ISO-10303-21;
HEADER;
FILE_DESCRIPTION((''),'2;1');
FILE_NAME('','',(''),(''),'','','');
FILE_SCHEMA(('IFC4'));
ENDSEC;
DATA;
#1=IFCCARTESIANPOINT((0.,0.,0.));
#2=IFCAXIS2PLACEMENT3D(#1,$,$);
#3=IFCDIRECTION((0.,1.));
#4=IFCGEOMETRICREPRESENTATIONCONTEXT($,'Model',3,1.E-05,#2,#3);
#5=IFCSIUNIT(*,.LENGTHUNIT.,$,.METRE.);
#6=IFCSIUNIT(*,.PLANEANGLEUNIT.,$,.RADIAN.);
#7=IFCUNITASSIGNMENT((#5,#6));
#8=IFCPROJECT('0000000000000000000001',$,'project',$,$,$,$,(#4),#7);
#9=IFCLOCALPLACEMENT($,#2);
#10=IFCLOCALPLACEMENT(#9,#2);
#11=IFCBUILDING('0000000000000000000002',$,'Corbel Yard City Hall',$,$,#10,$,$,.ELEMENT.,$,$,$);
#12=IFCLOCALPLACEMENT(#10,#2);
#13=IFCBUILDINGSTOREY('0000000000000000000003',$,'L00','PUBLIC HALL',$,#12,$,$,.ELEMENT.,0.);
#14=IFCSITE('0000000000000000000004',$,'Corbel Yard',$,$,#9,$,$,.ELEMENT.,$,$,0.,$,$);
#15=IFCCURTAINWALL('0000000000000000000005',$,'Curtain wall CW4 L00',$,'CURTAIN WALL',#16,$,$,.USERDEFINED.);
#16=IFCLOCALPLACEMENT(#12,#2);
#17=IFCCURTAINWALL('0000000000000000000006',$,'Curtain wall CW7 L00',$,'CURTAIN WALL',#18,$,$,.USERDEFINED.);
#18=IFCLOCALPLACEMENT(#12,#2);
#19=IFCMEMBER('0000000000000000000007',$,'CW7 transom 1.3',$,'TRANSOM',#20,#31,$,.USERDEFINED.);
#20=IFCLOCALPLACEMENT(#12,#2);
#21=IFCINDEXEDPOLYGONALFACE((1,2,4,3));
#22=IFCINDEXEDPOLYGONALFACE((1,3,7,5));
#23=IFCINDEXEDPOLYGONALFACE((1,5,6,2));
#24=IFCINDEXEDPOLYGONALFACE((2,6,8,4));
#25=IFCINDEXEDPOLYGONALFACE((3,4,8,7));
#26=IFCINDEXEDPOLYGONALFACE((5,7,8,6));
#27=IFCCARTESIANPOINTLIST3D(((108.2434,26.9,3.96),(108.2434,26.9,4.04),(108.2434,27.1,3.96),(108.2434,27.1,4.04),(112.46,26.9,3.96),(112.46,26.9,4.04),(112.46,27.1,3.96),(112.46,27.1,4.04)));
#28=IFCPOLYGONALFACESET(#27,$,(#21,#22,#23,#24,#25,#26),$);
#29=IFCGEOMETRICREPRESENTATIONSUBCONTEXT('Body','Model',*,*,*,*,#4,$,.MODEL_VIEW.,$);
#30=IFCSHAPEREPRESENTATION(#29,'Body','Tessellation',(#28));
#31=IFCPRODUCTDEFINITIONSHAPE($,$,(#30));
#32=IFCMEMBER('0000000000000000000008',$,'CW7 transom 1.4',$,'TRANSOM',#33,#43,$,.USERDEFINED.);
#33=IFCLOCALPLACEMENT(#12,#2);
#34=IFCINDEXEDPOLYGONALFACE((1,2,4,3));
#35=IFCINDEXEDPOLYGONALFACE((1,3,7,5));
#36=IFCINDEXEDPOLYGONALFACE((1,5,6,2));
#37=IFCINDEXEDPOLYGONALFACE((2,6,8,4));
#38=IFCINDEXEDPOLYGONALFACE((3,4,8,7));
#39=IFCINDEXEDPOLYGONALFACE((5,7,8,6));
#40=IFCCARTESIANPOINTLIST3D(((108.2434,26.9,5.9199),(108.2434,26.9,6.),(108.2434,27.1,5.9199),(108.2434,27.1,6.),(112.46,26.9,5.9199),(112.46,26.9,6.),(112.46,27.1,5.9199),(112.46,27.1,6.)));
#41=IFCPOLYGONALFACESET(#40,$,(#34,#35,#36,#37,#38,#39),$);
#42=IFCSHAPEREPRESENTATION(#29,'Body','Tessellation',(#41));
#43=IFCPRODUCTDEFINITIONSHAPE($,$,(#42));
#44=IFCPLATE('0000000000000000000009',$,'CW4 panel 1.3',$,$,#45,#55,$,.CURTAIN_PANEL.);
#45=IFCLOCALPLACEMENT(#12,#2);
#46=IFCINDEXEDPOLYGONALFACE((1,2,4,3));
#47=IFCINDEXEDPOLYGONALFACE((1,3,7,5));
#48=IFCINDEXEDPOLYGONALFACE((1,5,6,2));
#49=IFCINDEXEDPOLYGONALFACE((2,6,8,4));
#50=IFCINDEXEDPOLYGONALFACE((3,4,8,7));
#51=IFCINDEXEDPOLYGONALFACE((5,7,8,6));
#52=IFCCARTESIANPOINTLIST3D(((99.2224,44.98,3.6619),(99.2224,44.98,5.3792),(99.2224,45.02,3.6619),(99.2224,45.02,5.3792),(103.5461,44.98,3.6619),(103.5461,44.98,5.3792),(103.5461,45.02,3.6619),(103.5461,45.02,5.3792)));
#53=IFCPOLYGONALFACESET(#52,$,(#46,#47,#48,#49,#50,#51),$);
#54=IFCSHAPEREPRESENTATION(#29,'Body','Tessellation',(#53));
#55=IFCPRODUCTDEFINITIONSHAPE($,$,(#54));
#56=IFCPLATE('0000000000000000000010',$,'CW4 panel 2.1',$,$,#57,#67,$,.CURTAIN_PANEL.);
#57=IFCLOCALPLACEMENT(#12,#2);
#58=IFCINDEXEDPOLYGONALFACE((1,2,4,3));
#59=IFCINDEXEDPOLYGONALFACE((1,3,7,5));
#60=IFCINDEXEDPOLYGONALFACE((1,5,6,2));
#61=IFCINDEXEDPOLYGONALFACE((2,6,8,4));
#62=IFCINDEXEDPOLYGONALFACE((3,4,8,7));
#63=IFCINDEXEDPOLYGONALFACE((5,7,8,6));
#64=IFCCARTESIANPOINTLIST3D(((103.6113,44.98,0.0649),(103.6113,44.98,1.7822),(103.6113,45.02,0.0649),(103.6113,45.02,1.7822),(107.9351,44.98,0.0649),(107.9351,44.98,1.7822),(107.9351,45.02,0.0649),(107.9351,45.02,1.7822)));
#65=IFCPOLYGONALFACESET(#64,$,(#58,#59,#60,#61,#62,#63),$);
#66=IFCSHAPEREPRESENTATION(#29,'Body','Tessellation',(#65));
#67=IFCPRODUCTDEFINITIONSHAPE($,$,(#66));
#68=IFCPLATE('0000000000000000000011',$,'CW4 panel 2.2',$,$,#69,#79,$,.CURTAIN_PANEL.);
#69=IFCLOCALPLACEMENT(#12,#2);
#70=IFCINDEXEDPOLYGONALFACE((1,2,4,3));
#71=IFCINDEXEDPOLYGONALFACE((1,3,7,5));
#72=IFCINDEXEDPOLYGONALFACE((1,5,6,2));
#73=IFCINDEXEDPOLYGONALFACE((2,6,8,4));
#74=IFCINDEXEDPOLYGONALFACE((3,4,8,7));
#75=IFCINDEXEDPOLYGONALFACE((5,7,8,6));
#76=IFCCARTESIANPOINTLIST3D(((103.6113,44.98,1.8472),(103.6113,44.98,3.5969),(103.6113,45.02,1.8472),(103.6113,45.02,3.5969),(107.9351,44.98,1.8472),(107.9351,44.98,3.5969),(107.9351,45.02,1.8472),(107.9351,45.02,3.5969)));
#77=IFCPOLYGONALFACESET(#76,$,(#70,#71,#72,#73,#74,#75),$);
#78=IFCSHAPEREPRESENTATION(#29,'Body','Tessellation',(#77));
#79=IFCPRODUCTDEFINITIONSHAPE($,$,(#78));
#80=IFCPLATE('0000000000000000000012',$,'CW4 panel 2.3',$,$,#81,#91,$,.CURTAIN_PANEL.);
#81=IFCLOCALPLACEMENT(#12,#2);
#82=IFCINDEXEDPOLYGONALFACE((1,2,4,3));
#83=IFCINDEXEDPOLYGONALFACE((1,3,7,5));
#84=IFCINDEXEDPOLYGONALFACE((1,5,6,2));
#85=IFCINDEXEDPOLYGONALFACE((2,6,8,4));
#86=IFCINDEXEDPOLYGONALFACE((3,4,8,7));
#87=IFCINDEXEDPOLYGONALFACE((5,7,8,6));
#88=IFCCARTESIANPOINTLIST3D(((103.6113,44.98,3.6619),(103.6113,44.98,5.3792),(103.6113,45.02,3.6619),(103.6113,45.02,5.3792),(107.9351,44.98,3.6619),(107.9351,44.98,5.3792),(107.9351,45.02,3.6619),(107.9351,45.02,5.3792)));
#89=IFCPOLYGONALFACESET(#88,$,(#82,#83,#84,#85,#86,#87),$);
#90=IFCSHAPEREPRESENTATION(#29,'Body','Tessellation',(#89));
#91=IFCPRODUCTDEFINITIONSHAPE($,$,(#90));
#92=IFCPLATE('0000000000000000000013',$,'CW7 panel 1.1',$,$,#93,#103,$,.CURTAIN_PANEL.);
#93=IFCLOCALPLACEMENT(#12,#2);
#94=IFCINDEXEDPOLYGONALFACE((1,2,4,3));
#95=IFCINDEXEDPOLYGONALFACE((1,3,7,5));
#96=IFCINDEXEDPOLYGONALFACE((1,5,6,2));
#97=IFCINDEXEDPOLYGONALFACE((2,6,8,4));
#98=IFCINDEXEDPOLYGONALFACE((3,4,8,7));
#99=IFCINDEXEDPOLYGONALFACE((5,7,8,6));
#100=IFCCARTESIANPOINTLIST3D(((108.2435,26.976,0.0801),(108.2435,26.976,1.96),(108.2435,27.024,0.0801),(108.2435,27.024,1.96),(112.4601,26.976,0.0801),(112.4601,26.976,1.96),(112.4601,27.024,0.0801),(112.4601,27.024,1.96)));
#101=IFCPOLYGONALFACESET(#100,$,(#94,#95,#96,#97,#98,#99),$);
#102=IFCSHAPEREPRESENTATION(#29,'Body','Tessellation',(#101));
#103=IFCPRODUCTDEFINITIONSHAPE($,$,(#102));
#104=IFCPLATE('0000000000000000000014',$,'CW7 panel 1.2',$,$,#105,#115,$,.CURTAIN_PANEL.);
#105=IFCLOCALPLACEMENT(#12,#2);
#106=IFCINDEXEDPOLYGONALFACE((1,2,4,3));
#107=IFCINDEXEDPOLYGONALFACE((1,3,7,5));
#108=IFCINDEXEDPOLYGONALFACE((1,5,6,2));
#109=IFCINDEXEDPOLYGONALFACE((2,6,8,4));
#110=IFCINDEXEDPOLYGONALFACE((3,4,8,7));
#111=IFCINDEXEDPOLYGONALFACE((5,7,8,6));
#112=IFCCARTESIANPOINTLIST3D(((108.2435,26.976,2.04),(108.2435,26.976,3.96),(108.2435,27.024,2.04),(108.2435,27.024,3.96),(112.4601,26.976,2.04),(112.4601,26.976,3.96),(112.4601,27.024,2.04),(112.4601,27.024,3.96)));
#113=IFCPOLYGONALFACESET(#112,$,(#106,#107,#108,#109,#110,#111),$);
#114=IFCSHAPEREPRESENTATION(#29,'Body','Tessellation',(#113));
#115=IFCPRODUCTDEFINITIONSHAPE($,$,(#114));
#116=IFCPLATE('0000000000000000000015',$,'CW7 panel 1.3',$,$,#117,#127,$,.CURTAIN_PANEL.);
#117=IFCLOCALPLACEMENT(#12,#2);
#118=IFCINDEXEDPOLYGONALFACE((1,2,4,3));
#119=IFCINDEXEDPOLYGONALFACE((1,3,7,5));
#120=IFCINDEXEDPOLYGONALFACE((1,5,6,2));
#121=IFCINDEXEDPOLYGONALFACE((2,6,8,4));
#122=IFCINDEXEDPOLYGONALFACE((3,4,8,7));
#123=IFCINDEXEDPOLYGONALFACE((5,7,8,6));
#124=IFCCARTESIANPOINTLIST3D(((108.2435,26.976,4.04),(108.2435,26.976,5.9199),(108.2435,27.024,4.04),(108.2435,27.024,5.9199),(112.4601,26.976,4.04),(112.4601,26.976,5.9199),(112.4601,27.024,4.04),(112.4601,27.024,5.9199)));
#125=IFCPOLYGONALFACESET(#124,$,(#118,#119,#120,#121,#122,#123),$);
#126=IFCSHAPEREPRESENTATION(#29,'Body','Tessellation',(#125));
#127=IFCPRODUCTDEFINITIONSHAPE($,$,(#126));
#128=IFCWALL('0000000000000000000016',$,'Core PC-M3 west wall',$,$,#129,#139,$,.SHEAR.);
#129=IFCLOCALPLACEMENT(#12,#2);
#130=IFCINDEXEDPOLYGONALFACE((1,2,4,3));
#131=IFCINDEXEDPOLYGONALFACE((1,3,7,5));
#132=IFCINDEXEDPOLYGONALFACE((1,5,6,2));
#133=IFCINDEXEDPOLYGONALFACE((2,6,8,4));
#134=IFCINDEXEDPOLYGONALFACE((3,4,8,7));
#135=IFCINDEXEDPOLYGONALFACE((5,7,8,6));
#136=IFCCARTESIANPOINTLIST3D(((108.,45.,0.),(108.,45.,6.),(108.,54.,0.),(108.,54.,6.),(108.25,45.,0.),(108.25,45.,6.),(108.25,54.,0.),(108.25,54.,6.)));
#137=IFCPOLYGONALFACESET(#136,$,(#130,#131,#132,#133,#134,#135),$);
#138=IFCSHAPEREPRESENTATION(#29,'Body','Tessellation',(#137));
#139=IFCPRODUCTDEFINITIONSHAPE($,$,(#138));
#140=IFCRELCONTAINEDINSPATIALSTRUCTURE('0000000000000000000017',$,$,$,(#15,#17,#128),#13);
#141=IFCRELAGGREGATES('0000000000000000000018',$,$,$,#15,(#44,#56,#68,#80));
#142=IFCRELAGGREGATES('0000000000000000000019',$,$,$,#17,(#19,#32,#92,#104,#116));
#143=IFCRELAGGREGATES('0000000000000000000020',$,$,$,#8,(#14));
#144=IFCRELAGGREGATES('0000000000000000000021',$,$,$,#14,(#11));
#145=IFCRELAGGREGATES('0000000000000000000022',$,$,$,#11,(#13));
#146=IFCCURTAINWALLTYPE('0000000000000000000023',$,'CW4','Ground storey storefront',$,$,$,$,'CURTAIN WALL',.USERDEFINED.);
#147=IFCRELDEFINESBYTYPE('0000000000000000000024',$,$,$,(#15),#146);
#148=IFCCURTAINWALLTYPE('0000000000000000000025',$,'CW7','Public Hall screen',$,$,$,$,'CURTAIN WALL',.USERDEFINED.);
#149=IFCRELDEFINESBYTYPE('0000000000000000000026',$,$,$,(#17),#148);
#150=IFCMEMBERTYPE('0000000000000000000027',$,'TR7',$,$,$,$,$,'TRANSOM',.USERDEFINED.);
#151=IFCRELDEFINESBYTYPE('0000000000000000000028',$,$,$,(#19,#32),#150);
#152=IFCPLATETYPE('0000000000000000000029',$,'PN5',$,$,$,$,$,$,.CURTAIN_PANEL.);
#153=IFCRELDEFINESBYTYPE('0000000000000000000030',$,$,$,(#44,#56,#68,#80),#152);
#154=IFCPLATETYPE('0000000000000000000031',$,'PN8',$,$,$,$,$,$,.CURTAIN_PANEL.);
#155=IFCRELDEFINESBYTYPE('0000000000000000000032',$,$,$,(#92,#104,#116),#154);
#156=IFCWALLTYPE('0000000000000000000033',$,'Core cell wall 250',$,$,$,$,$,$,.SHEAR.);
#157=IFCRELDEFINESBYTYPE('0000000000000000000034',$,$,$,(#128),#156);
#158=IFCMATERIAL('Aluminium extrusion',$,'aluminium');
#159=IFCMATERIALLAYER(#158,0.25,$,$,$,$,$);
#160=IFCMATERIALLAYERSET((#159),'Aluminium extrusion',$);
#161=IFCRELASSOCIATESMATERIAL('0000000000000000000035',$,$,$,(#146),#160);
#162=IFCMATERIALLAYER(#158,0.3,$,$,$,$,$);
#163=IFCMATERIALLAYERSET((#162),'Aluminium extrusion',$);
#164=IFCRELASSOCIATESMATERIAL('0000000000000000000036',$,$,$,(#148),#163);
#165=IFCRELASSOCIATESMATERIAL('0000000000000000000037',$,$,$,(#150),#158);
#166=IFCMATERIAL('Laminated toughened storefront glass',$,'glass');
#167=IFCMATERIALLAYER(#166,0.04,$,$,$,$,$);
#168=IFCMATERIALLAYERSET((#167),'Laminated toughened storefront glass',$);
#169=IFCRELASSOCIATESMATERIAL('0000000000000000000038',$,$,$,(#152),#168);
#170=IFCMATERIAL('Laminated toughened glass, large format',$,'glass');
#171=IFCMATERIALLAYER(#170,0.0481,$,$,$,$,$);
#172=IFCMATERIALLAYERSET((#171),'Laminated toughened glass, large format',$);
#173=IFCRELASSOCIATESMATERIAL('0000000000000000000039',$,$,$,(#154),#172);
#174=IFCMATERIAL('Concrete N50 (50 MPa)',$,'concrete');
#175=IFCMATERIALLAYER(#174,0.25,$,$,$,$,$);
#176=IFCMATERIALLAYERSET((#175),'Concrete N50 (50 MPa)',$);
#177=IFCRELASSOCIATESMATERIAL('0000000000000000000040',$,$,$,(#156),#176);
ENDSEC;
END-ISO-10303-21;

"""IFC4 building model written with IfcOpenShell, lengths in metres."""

from ifc_helpers import new_model, si_unit, direction, frame, frame_2d, origin, origin_2d, place, context, subcontext, project, spatial, rectangle, extrude, material, layer, layer_set, material_profile, profile_set, type_object, element, aggregate, save


model = new_model("IFC4")

# Units and contexts
model_context = context("Model", 3, precision=1e-05, world=origin(), true_north=direction((0.0, 1.0)))
body_context = subcontext(model_context, "Body", "Model", "MODEL_VIEW")
ifc_project = project(units=[si_unit("LENGTHUNIT", "METRE"), si_unit("PLANEANGLEUNIT", "RADIAN")], contexts=[model_context])

# Site, building, storey
site_placement = place(None, origin())
site = spatial("IfcSite", under=ifc_project, at=site_placement, Name="Corbel Yard", CompositionType="ELEMENT", RefElevation=0.0)
building_placement = place(site_placement, origin())
building = spatial("IfcBuilding", under=site, at=building_placement, Name="Corbel Yard City Hall", CompositionType="ELEMENT")
storey_placement = place(building_placement, origin())
storey = spatial("IfcBuildingStorey", under=building, at=storey_placement, Name="L00", Description="PUBLIC HALL", CompositionType="ELEMENT", Elevation=0.0)

# Curtain walls, members
ifc_material_1 = material(Name="Aluminium extrusion", Category="aluminium")
ifc_layer_1 = layer(ifc_material_1, 0.25)
ifc_layer_set_1 = layer_set([ifc_layer_1], Name="Aluminium extrusion")
curtain_wall_type_1 = type_object("IfcCurtainWallType", Name="CW4", Description="Ground storey storefront", ElementType="CURTAIN WALL", PredefinedType="USERDEFINED", material=ifc_layer_set_1)
curtain_wall_1_placement = place(storey_placement, origin())
curtain_wall_1 = element("IfcCurtainWall", 1, at=curtain_wall_1_placement, inside=storey, type_object=curtain_wall_type_1, Name="Curtain wall CW4 L00", ObjectType="CURTAIN WALL", PredefinedType="USERDEFINED")
ifc_layer_2 = layer(ifc_material_1, 0.3)
ifc_layer_set_2 = layer_set([ifc_layer_2], Name="Aluminium extrusion")
curtain_wall_type_2 = type_object("IfcCurtainWallType", Name="CW7", Description="Public Hall screen", ElementType="CURTAIN WALL", PredefinedType="USERDEFINED", material=ifc_layer_set_2)
curtain_wall_2_placement = place(storey_placement, origin())
curtain_wall_2 = element("IfcCurtainWall", 2, at=curtain_wall_2_placement, inside=storey, type_object=curtain_wall_type_2, Name="Curtain wall CW7 L00", ObjectType="CURTAIN WALL", PredefinedType="USERDEFINED")
ifc_material_profile_1 = material_profile(ifc_material_1, rectangle(XDim=0.2, YDim=0.0801, at=origin_2d()), Name="200x80")
ifc_profile_set_1 = profile_set([ifc_material_profile_1], Name="Aluminium extrusion")
member_type_1 = type_object("IfcMemberType", Name="TR7", ElementType="TRANSOM", PredefinedType="USERDEFINED", material=ifc_profile_set_1)
member_1_placement = place(storey_placement, frame((108.2434, 27.0, 4.0), z_axis=(1.0, 0.0, 0.0), x_axis=(0.0, 1.0, 0.0)))
member_1 = element("IfcMember", 3, at=member_1_placement, type_object=member_type_1, Name="CW7 transom 1.3", ObjectType="TRANSOM", PredefinedType="USERDEFINED", context=body_context, shape_type="SweptSolid", body=[
    extrude(rectangle(XDim=0.2, YDim=0.0801, at=origin_2d()), origin(), (0.0, 0.0, 1.0), 4.2166),
])
member_2_placement = place(storey_placement, frame((108.2434, 27.0, 5.96), z_axis=(1.0, 0.0, 0.0), x_axis=(0.0, 1.0, 0.0)))
member_2 = element("IfcMember", 4, at=member_2_placement, type_object=member_type_1, Name="CW7 transom 1.4", ObjectType="TRANSOM", PredefinedType="USERDEFINED", context=body_context, shape_type="SweptSolid", body=[
    extrude(rectangle(XDim=0.2, YDim=0.0801, at=origin_2d()), origin(), (0.0, 0.0, 1.0), 4.2166),
])

# Plates
ifc_material_2 = material(Name="Laminated toughened storefront glass", Category="glass")
ifc_layer_3 = layer(ifc_material_2, 0.04)
ifc_layer_set_3 = layer_set([ifc_layer_3], Name="Laminated toughened storefront glass")
plate_type_1 = type_object("IfcPlateType", Name="PN5", PredefinedType="CURTAIN_PANEL", material=ifc_layer_set_3)
plate_1_placement = place(storey_placement, frame((101.3843, 45.0, 3.6619), z_axis=(0.0, 0.0, 1.0), x_axis=(1.0, 0.0, 0.0)))
plate_1 = element("IfcPlate", 5, at=plate_1_placement, type_object=plate_type_1, Name="CW4 panel 1.3", PredefinedType="CURTAIN_PANEL", context=body_context, shape_type="SweptSolid", body=[
    extrude(rectangle(XDim=4.3237, YDim=0.04, at=origin_2d()), origin(), (0.0, 0.0, 1.0), 1.7173),
])
plate_2_placement = place(storey_placement, frame((105.7732, 45.0, 0.0649), z_axis=(0.0, 0.0, 1.0), x_axis=(1.0, 0.0, 0.0)))
plate_2 = element("IfcPlate", 6, at=plate_2_placement, type_object=plate_type_1, Name="CW4 panel 2.1", PredefinedType="CURTAIN_PANEL", context=body_context, shape_type="SweptSolid", body=[
    extrude(rectangle(XDim=4.3237, YDim=0.04, at=origin_2d()), origin(), (0.0, 0.0, 1.0), 1.7173),
])
plate_3_placement = place(storey_placement, frame((105.7732, 45.0, 1.8472), z_axis=(0.0, 0.0, 1.0), x_axis=(1.0, 0.0, 0.0)))
plate_3 = element("IfcPlate", 7, at=plate_3_placement, type_object=plate_type_1, Name="CW4 panel 2.2", PredefinedType="CURTAIN_PANEL", context=body_context, shape_type="SweptSolid", body=[
    extrude(rectangle(XDim=4.3237, YDim=0.04, at=origin_2d()), origin(), (0.0, 0.0, 1.0), 1.7498),
])
plate_4_placement = place(storey_placement, frame((105.7732, 45.0, 3.6619), z_axis=(0.0, 0.0, 1.0), x_axis=(1.0, 0.0, 0.0)))
plate_4 = element("IfcPlate", 8, at=plate_4_placement, type_object=plate_type_1, Name="CW4 panel 2.3", PredefinedType="CURTAIN_PANEL", context=body_context, shape_type="SweptSolid", body=[
    extrude(rectangle(XDim=4.3237, YDim=0.04, at=origin_2d()), origin(), (0.0, 0.0, 1.0), 1.7173),
])
aggregate(curtain_wall_1, [plate_1, plate_2, plate_3, plate_4])
ifc_material_3 = material(Name="Laminated toughened glass, large format", Category="glass")
ifc_layer_4 = layer(ifc_material_3, 0.0481)
ifc_layer_set_4 = layer_set([ifc_layer_4], Name="Laminated toughened glass, large format")
plate_type_2 = type_object("IfcPlateType", Name="PN8", PredefinedType="CURTAIN_PANEL", material=ifc_layer_set_4)
plate_5_placement = place(storey_placement, frame((110.3518, 27.0, 0.0801), z_axis=(0.0, 0.0, 1.0), x_axis=(1.0, 0.0, 0.0)))
plate_5 = element("IfcPlate", 9, at=plate_5_placement, type_object=plate_type_2, Name="CW7 panel 1.1", PredefinedType="CURTAIN_PANEL", context=body_context, shape_type="SweptSolid", body=[
    extrude(rectangle(XDim=4.2166, YDim=0.0481, at=origin_2d()), origin(), (0.0, 0.0, 1.0), 1.8799),
])
plate_6_placement = place(storey_placement, frame((110.3518, 27.0, 2.04), z_axis=(0.0, 0.0, 1.0), x_axis=(1.0, 0.0, 0.0)))
plate_6 = element("IfcPlate", 10, at=plate_6_placement, type_object=plate_type_2, Name="CW7 panel 1.2", PredefinedType="CURTAIN_PANEL", context=body_context, shape_type="SweptSolid", body=[
    extrude(rectangle(XDim=4.2166, YDim=0.0481, at=origin_2d()), origin(), (0.0, 0.0, 1.0), 1.9199),
])
plate_7_placement = place(storey_placement, frame((110.3518, 27.0, 4.04), z_axis=(0.0, 0.0, 1.0), x_axis=(1.0, 0.0, 0.0)))
plate_7 = element("IfcPlate", 11, at=plate_7_placement, type_object=plate_type_2, Name="CW7 panel 1.3", PredefinedType="CURTAIN_PANEL", context=body_context, shape_type="SweptSolid", body=[
    extrude(rectangle(XDim=4.2166, YDim=0.0481, at=origin_2d()), origin(), (0.0, 0.0, 1.0), 1.8799),
])
aggregate(curtain_wall_2, [member_1, member_2, plate_5, plate_6, plate_7])

# Wall
ifc_material_4 = material(Name="Concrete N50 (50 MPa)", Category="concrete")
ifc_layer_5 = layer(ifc_material_4, 0.25)
ifc_layer_set_5 = layer_set([ifc_layer_5], Name="Concrete N50 (50 MPa)")
wall_type = type_object("IfcWallType", Name="Core cell wall 250", PredefinedType="SHEAR", material=ifc_layer_set_5)
wall_placement = place(storey_placement, frame((108.125, 45.0, 0.0), z_axis=(0.0, 0.0, 1.0), x_axis=(0.0, 1.0, 0.0)))
element("IfcWall", 12, at=wall_placement, inside=storey, type_object=wall_type, Name="Core PC-M3 west wall", PredefinedType="SHEAR", context=body_context, shape_type="SweptSolid", body=[
    extrude(rectangle(XDim=9.0, YDim=0.25, at=frame_2d((4.5, 0.0))), origin(), (0.0, 0.0, 1.0), 6.0),
])

save(model, "model.ifc")
